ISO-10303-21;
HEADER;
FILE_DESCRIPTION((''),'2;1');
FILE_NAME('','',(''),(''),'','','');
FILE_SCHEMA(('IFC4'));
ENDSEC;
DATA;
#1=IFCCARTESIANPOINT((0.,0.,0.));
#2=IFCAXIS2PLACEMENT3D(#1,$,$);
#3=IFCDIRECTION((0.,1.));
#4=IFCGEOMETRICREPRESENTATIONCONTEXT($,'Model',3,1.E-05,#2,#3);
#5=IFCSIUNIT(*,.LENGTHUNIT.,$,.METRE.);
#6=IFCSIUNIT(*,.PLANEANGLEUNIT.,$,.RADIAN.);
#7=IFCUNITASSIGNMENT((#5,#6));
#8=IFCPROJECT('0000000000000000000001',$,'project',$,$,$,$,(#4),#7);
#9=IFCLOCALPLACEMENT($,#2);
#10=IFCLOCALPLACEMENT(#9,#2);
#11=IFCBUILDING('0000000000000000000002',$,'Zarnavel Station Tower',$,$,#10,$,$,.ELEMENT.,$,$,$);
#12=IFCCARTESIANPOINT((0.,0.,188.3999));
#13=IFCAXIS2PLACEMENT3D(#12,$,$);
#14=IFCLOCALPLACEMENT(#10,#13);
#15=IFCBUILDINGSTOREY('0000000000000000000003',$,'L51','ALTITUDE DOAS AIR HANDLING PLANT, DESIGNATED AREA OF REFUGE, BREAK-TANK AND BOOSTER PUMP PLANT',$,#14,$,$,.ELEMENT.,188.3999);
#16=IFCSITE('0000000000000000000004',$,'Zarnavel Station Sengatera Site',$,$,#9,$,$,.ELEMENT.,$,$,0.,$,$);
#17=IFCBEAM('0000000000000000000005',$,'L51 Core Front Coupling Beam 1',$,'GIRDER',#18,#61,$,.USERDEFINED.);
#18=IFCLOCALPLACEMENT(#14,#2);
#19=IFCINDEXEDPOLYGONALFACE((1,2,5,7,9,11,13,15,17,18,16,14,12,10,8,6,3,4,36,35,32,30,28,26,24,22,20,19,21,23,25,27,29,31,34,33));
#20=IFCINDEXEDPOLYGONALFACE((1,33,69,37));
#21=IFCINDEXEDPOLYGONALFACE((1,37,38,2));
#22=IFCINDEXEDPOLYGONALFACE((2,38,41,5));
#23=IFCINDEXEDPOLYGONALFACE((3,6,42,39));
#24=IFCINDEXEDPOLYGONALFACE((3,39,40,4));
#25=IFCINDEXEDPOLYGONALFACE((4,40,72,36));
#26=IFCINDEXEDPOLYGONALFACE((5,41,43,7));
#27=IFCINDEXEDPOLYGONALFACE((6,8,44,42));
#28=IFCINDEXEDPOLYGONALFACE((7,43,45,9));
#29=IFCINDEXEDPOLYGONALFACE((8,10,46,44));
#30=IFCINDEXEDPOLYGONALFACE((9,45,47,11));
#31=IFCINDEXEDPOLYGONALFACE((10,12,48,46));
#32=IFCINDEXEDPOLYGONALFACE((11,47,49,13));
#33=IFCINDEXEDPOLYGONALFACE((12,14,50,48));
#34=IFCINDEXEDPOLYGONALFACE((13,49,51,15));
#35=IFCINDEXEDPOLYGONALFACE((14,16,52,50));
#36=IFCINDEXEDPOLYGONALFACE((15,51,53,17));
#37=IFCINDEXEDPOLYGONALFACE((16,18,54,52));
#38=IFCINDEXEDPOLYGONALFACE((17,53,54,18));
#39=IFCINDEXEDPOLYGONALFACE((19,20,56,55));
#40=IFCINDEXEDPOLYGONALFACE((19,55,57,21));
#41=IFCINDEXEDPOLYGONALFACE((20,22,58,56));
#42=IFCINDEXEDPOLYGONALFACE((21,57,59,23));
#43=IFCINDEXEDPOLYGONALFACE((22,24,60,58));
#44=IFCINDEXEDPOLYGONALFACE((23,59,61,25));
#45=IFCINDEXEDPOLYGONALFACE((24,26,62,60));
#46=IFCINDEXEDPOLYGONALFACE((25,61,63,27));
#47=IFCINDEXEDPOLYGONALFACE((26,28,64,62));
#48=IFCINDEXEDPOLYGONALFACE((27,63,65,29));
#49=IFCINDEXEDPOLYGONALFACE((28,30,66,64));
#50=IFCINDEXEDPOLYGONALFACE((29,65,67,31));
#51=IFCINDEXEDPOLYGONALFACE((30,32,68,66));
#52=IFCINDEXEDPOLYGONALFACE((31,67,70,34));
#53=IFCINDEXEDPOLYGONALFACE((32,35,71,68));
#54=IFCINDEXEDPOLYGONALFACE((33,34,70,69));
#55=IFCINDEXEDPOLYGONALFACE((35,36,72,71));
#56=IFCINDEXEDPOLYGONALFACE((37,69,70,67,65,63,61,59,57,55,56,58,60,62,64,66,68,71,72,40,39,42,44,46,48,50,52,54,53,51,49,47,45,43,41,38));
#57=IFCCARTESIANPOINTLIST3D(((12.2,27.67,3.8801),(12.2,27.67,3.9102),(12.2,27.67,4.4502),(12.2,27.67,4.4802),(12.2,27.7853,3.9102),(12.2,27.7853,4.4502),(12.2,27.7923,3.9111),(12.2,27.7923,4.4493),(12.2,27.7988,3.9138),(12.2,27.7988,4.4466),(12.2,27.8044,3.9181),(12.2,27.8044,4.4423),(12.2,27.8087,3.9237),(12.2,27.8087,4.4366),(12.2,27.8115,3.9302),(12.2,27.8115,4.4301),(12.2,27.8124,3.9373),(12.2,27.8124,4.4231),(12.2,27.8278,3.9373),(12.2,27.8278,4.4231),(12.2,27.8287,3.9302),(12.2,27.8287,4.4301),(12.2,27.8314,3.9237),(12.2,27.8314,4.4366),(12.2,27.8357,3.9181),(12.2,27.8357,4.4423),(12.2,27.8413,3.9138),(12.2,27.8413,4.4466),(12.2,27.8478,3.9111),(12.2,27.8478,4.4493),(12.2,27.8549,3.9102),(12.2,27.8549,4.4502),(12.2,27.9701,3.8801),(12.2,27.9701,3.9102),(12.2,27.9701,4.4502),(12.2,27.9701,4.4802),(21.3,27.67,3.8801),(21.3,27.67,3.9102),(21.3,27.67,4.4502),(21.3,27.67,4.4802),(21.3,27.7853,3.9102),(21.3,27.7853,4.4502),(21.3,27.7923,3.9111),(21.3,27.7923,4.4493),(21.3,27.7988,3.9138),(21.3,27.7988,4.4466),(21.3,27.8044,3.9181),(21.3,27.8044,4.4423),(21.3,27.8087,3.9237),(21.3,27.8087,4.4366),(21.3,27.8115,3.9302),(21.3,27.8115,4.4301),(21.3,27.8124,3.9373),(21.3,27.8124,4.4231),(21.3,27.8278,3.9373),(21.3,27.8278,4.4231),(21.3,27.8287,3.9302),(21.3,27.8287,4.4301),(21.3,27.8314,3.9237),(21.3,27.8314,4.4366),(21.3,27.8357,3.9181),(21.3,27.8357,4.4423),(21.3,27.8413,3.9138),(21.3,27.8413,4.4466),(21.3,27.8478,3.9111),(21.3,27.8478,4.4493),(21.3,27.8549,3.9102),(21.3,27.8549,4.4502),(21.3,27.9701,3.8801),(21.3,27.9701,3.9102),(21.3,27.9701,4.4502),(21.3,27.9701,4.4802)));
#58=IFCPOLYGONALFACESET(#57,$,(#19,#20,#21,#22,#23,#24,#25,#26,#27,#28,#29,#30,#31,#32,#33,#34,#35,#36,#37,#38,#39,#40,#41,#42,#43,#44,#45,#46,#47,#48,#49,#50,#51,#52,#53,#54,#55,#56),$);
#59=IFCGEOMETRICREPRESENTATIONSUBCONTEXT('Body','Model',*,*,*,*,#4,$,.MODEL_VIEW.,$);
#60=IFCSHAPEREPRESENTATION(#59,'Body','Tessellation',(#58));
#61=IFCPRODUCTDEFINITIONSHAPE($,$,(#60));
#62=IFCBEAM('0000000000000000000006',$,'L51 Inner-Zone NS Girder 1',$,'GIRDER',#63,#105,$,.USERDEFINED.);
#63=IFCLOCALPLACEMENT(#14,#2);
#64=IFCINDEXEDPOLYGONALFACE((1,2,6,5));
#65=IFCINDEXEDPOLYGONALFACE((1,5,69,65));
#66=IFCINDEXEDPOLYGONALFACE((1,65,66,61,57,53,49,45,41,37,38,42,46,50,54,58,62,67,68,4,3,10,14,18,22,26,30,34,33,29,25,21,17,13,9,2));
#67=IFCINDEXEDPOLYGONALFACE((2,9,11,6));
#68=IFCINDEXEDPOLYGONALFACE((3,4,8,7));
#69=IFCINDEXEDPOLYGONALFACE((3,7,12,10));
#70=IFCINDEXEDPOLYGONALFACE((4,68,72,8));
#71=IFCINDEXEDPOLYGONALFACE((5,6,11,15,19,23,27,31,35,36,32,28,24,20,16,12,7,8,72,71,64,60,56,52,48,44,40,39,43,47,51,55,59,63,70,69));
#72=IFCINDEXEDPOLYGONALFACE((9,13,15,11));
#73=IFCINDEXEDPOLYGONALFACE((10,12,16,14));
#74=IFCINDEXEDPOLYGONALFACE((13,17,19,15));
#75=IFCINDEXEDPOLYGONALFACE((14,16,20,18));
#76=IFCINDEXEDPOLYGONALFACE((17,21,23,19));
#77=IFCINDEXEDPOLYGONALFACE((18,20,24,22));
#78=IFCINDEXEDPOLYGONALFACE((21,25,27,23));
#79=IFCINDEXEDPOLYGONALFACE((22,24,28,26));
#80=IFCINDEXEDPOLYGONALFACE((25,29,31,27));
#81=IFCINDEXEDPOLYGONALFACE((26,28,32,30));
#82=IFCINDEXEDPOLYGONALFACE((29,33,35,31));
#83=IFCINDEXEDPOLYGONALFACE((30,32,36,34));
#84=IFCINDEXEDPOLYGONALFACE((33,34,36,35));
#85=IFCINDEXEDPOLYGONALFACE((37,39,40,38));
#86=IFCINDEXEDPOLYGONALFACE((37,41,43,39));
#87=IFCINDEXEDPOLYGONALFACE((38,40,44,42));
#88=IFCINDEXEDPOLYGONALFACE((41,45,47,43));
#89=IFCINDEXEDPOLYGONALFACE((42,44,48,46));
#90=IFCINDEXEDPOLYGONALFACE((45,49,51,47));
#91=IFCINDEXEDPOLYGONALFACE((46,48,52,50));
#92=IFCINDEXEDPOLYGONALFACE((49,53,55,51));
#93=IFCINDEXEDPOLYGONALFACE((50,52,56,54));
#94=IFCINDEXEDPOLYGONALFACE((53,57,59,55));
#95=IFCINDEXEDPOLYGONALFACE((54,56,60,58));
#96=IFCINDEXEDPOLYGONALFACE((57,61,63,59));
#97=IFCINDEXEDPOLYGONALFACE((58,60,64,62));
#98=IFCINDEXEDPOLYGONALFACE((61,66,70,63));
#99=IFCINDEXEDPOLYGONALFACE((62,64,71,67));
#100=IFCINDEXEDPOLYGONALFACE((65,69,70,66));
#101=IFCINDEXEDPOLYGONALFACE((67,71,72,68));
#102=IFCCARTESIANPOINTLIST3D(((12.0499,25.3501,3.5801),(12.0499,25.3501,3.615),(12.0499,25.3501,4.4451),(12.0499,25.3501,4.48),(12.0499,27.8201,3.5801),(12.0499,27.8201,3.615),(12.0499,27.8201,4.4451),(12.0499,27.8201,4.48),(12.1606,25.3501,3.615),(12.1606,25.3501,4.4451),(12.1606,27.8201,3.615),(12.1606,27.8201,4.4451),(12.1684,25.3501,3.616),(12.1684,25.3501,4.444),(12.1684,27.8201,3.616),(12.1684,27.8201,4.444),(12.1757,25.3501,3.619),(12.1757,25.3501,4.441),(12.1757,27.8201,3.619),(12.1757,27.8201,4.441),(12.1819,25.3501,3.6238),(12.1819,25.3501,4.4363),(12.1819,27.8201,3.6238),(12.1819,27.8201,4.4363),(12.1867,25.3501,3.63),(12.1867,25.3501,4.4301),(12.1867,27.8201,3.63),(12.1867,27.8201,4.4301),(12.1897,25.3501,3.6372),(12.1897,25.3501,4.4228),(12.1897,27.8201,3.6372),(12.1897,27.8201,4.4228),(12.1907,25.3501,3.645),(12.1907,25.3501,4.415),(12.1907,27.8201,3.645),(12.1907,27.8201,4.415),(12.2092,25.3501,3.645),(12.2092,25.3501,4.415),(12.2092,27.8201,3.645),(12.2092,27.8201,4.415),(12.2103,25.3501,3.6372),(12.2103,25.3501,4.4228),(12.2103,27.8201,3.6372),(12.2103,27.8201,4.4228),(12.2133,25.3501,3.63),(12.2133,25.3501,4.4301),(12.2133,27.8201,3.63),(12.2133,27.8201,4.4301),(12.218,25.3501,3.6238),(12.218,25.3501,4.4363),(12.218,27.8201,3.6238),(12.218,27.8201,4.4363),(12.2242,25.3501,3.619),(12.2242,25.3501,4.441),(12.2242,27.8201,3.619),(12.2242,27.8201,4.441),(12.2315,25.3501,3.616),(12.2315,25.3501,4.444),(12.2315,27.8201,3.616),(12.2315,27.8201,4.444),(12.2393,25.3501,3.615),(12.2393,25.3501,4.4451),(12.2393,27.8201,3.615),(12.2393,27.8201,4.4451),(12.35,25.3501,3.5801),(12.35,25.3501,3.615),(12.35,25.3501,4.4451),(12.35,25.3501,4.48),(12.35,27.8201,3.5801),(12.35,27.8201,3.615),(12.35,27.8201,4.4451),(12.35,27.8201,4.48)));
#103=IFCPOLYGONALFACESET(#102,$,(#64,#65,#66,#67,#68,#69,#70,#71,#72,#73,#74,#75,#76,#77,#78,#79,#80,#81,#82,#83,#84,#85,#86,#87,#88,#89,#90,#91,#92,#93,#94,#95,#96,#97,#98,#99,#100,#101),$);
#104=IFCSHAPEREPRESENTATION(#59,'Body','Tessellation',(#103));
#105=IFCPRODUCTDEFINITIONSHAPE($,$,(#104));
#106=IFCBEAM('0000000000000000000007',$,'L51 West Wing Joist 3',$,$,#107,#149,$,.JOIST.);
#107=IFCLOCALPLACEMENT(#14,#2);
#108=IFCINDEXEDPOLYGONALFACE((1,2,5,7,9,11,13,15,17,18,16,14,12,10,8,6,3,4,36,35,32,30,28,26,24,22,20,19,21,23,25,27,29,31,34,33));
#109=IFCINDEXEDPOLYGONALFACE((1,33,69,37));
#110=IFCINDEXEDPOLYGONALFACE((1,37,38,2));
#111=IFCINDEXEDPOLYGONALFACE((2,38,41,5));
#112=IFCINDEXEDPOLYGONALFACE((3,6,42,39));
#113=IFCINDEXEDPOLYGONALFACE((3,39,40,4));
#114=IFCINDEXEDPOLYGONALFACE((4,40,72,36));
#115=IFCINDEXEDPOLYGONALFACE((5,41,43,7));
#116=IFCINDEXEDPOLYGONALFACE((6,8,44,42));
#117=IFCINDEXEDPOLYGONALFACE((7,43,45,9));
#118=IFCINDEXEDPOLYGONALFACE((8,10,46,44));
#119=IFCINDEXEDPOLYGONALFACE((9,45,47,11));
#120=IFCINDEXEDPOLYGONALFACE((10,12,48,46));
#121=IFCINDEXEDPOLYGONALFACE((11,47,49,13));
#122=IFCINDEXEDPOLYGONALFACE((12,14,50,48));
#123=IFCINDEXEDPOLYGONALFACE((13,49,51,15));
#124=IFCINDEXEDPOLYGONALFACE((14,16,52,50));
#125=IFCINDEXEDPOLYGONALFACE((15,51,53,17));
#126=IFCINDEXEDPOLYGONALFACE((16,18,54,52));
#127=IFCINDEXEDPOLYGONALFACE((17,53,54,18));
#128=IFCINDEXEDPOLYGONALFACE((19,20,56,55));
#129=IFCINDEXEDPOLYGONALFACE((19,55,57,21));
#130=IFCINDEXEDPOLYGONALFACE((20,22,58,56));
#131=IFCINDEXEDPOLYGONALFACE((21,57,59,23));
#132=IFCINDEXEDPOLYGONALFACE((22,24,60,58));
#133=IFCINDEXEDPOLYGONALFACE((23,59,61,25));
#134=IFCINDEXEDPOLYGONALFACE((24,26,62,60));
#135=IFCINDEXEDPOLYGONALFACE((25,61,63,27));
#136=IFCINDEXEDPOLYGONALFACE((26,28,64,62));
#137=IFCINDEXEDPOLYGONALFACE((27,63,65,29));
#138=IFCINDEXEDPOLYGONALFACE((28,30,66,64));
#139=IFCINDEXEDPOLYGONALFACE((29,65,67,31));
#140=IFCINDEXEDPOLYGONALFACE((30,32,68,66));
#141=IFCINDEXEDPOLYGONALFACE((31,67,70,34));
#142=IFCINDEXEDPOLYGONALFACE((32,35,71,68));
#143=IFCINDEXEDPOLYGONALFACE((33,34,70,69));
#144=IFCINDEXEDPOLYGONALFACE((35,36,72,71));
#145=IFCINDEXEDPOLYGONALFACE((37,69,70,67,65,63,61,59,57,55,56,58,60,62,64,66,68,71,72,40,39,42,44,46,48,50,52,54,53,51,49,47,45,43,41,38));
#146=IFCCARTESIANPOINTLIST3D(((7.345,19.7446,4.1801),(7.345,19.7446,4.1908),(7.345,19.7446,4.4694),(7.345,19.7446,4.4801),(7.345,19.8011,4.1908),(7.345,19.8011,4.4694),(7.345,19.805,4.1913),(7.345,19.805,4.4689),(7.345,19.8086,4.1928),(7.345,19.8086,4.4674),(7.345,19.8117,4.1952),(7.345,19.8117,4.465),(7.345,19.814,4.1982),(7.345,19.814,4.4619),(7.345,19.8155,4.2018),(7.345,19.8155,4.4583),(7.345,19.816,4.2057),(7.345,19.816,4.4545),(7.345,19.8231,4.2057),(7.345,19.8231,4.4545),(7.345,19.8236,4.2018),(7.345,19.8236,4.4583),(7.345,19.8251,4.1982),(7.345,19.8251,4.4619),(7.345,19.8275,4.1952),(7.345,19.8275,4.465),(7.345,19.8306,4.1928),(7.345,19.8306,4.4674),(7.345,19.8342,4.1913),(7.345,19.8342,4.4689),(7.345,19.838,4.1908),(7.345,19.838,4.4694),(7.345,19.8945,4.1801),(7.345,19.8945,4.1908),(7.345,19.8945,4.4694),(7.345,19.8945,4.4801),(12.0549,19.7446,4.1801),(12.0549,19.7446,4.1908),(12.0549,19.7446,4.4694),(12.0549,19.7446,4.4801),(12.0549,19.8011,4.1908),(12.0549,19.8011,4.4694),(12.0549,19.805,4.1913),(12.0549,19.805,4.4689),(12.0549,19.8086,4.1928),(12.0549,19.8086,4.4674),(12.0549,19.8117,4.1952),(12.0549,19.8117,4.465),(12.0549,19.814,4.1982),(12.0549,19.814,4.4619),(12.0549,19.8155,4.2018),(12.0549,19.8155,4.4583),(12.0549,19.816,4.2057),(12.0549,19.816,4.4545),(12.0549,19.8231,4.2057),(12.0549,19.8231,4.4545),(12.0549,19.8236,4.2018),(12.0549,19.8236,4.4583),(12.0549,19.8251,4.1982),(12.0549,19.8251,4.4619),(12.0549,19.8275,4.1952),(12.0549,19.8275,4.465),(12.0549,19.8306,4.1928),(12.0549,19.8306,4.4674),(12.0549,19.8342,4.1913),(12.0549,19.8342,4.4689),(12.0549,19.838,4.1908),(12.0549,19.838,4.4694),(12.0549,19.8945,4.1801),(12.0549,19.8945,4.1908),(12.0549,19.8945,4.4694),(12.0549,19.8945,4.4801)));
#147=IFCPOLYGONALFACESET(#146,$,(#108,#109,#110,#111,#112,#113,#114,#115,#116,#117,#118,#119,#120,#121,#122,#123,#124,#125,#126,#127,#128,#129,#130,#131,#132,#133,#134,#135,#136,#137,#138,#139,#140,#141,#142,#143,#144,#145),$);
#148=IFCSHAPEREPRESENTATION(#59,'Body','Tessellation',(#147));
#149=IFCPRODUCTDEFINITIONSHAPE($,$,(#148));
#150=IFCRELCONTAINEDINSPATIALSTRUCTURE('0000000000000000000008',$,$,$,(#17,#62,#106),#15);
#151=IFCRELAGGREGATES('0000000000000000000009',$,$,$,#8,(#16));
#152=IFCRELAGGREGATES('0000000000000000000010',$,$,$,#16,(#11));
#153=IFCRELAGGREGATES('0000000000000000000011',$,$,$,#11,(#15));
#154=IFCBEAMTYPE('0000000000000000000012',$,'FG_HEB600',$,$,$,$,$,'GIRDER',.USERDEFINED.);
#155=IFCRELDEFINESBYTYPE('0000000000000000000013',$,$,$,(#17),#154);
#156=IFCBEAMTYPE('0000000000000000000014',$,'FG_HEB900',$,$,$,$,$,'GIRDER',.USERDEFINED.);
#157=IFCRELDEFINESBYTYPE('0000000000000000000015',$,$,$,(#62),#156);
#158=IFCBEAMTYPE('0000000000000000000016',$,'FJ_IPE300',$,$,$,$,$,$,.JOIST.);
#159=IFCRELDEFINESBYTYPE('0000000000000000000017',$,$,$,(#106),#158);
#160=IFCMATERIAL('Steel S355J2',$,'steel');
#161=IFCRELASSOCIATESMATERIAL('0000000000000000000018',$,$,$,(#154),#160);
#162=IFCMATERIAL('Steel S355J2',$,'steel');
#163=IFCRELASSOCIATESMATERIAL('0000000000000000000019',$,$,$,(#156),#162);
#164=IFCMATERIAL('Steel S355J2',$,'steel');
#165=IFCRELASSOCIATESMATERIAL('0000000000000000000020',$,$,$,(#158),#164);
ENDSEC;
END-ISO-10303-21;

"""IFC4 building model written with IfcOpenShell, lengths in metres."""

from ifc_helpers import new_model, si_unit, direction, frame, origin, origin_2d, place, context, subcontext, project, spatial, i_section, extrude, material, material_profile, profile_set, type_object, element, save


model = new_model("IFC4")

# Units and contexts
model_context = context("Model", 3, precision=1e-05, world=origin(), true_north=direction((0.0, 1.0)))
body_context = subcontext(model_context, "Body", "Model", "MODEL_VIEW")
ifc_project = project(units=[si_unit("LENGTHUNIT", "METRE"), si_unit("PLANEANGLEUNIT", "RADIAN")], contexts=[model_context])

# Site, building, storey
site_placement = place(None, origin())
site = spatial("IfcSite", under=ifc_project, at=site_placement, Name="Zarnavel Station Sengatera Site", CompositionType="ELEMENT", RefElevation=0.0)
building_placement = place(site_placement, origin())
building = spatial("IfcBuilding", under=site, at=building_placement, Name="Zarnavel Station Tower", CompositionType="ELEMENT")
storey_placement = place(building_placement, frame((0.0, 0.0, 188.3999)))
storey = spatial("IfcBuildingStorey", under=building, at=storey_placement, Name="L51", Description="ALTITUDE DOAS AIR HANDLING PLANT, DESIGNATED AREA OF REFUGE, BREAK-TANK AND BOOSTER PUMP PLANT", CompositionType="ELEMENT", Elevation=188.3999)

# Beams
ifc_material_1 = material(Name="Steel S355J2", Category="steel")
ifc_material_profile_1 = material_profile(ifc_material_1, i_section(OverallWidth=0.3, OverallDepth=0.6001, WebThickness=0.0154, FlangeThickness=0.03, FilletRadius=0.0271, at=origin_2d()), Name="HEB600")
ifc_profile_set_1 = profile_set([ifc_material_profile_1], Name="Steel S355J2")
beam_type_1 = type_object("IfcBeamType", Name="FG_HEB600", ElementType="GIRDER", PredefinedType="USERDEFINED", material=ifc_profile_set_1)
beam_1_placement = place(storey_placement, frame((12.2, 27.8201, 4.1802), z_axis=(1.0, 0.0, 0.0), x_axis=(0.0, 1.0, 0.0)))
element("IfcBeam", 1, at=beam_1_placement, inside=storey, type_object=beam_type_1, Name="L51 Core Front Coupling Beam 1", ObjectType="GIRDER", PredefinedType="USERDEFINED", context=body_context, shape_type="SweptSolid", body=[
    extrude(i_section(OverallWidth=0.3, OverallDepth=0.6001, WebThickness=0.0154, FlangeThickness=0.03, FilletRadius=0.0271, at=origin_2d()), origin(), (0.0, 0.0, 1.0), 9.1001),
])
ifc_material_2 = material(Name="Steel S355J2", Category="steel")
ifc_material_profile_2 = material_profile(ifc_material_2, i_section(OverallWidth=0.3, OverallDepth=0.8999, WebThickness=0.0186, FlangeThickness=0.0349, FilletRadius=0.03, at=origin_2d()), Name="HEB900")
ifc_profile_set_2 = profile_set([ifc_material_profile_2], Name="Steel S355J2")
beam_type_2 = type_object("IfcBeamType", Name="FG_HEB900", ElementType="GIRDER", PredefinedType="USERDEFINED", material=ifc_profile_set_2)
beam_2_placement = place(storey_placement, frame((12.2, 25.3501, 4.03), z_axis=(0.0, 1.0, 0.0), x_axis=(-1.0, 0.0, 0.0)))
element("IfcBeam", 2, at=beam_2_placement, inside=storey, type_object=beam_type_2, Name="L51 Inner-Zone NS Girder 1", ObjectType="GIRDER", PredefinedType="USERDEFINED", context=body_context, shape_type="SweptSolid", body=[
    extrude(i_section(OverallWidth=0.3, OverallDepth=0.8999, WebThickness=0.0186, FlangeThickness=0.0349, FilletRadius=0.03, at=origin_2d()), origin(), (0.0, 0.0, 1.0), 2.47),
])
ifc_material_3 = material(Name="Steel S355J2", Category="steel")
ifc_material_profile_3 = material_profile(ifc_material_3, i_section(OverallWidth=0.1499, OverallDepth=0.3, WebThickness=0.0071, FlangeThickness=0.0107, FilletRadius=0.0149, at=origin_2d()), Name="IPE300")
ifc_profile_set_3 = profile_set([ifc_material_profile_3], Name="Steel S355J2")
beam_type_3 = type_object("IfcBeamType", Name="FJ_IPE300", PredefinedType="JOIST", material=ifc_profile_set_3)
beam_3_placement = place(storey_placement, frame((7.345, 19.8196, 4.3301), z_axis=(1.0, 0.0, 0.0), x_axis=(0.0, 1.0, 0.0)))
element("IfcBeam", 3, at=beam_3_placement, inside=storey, type_object=beam_type_3, Name="L51 West Wing Joist 3", PredefinedType="JOIST", context=body_context, shape_type="SweptSolid", body=[
    extrude(i_section(OverallWidth=0.1499, OverallDepth=0.3, WebThickness=0.0071, FlangeThickness=0.0107, FilletRadius=0.0149, at=origin_2d()), origin(), (0.0, 0.0, 1.0), 4.71),
])

save(model, "model.ifc")
